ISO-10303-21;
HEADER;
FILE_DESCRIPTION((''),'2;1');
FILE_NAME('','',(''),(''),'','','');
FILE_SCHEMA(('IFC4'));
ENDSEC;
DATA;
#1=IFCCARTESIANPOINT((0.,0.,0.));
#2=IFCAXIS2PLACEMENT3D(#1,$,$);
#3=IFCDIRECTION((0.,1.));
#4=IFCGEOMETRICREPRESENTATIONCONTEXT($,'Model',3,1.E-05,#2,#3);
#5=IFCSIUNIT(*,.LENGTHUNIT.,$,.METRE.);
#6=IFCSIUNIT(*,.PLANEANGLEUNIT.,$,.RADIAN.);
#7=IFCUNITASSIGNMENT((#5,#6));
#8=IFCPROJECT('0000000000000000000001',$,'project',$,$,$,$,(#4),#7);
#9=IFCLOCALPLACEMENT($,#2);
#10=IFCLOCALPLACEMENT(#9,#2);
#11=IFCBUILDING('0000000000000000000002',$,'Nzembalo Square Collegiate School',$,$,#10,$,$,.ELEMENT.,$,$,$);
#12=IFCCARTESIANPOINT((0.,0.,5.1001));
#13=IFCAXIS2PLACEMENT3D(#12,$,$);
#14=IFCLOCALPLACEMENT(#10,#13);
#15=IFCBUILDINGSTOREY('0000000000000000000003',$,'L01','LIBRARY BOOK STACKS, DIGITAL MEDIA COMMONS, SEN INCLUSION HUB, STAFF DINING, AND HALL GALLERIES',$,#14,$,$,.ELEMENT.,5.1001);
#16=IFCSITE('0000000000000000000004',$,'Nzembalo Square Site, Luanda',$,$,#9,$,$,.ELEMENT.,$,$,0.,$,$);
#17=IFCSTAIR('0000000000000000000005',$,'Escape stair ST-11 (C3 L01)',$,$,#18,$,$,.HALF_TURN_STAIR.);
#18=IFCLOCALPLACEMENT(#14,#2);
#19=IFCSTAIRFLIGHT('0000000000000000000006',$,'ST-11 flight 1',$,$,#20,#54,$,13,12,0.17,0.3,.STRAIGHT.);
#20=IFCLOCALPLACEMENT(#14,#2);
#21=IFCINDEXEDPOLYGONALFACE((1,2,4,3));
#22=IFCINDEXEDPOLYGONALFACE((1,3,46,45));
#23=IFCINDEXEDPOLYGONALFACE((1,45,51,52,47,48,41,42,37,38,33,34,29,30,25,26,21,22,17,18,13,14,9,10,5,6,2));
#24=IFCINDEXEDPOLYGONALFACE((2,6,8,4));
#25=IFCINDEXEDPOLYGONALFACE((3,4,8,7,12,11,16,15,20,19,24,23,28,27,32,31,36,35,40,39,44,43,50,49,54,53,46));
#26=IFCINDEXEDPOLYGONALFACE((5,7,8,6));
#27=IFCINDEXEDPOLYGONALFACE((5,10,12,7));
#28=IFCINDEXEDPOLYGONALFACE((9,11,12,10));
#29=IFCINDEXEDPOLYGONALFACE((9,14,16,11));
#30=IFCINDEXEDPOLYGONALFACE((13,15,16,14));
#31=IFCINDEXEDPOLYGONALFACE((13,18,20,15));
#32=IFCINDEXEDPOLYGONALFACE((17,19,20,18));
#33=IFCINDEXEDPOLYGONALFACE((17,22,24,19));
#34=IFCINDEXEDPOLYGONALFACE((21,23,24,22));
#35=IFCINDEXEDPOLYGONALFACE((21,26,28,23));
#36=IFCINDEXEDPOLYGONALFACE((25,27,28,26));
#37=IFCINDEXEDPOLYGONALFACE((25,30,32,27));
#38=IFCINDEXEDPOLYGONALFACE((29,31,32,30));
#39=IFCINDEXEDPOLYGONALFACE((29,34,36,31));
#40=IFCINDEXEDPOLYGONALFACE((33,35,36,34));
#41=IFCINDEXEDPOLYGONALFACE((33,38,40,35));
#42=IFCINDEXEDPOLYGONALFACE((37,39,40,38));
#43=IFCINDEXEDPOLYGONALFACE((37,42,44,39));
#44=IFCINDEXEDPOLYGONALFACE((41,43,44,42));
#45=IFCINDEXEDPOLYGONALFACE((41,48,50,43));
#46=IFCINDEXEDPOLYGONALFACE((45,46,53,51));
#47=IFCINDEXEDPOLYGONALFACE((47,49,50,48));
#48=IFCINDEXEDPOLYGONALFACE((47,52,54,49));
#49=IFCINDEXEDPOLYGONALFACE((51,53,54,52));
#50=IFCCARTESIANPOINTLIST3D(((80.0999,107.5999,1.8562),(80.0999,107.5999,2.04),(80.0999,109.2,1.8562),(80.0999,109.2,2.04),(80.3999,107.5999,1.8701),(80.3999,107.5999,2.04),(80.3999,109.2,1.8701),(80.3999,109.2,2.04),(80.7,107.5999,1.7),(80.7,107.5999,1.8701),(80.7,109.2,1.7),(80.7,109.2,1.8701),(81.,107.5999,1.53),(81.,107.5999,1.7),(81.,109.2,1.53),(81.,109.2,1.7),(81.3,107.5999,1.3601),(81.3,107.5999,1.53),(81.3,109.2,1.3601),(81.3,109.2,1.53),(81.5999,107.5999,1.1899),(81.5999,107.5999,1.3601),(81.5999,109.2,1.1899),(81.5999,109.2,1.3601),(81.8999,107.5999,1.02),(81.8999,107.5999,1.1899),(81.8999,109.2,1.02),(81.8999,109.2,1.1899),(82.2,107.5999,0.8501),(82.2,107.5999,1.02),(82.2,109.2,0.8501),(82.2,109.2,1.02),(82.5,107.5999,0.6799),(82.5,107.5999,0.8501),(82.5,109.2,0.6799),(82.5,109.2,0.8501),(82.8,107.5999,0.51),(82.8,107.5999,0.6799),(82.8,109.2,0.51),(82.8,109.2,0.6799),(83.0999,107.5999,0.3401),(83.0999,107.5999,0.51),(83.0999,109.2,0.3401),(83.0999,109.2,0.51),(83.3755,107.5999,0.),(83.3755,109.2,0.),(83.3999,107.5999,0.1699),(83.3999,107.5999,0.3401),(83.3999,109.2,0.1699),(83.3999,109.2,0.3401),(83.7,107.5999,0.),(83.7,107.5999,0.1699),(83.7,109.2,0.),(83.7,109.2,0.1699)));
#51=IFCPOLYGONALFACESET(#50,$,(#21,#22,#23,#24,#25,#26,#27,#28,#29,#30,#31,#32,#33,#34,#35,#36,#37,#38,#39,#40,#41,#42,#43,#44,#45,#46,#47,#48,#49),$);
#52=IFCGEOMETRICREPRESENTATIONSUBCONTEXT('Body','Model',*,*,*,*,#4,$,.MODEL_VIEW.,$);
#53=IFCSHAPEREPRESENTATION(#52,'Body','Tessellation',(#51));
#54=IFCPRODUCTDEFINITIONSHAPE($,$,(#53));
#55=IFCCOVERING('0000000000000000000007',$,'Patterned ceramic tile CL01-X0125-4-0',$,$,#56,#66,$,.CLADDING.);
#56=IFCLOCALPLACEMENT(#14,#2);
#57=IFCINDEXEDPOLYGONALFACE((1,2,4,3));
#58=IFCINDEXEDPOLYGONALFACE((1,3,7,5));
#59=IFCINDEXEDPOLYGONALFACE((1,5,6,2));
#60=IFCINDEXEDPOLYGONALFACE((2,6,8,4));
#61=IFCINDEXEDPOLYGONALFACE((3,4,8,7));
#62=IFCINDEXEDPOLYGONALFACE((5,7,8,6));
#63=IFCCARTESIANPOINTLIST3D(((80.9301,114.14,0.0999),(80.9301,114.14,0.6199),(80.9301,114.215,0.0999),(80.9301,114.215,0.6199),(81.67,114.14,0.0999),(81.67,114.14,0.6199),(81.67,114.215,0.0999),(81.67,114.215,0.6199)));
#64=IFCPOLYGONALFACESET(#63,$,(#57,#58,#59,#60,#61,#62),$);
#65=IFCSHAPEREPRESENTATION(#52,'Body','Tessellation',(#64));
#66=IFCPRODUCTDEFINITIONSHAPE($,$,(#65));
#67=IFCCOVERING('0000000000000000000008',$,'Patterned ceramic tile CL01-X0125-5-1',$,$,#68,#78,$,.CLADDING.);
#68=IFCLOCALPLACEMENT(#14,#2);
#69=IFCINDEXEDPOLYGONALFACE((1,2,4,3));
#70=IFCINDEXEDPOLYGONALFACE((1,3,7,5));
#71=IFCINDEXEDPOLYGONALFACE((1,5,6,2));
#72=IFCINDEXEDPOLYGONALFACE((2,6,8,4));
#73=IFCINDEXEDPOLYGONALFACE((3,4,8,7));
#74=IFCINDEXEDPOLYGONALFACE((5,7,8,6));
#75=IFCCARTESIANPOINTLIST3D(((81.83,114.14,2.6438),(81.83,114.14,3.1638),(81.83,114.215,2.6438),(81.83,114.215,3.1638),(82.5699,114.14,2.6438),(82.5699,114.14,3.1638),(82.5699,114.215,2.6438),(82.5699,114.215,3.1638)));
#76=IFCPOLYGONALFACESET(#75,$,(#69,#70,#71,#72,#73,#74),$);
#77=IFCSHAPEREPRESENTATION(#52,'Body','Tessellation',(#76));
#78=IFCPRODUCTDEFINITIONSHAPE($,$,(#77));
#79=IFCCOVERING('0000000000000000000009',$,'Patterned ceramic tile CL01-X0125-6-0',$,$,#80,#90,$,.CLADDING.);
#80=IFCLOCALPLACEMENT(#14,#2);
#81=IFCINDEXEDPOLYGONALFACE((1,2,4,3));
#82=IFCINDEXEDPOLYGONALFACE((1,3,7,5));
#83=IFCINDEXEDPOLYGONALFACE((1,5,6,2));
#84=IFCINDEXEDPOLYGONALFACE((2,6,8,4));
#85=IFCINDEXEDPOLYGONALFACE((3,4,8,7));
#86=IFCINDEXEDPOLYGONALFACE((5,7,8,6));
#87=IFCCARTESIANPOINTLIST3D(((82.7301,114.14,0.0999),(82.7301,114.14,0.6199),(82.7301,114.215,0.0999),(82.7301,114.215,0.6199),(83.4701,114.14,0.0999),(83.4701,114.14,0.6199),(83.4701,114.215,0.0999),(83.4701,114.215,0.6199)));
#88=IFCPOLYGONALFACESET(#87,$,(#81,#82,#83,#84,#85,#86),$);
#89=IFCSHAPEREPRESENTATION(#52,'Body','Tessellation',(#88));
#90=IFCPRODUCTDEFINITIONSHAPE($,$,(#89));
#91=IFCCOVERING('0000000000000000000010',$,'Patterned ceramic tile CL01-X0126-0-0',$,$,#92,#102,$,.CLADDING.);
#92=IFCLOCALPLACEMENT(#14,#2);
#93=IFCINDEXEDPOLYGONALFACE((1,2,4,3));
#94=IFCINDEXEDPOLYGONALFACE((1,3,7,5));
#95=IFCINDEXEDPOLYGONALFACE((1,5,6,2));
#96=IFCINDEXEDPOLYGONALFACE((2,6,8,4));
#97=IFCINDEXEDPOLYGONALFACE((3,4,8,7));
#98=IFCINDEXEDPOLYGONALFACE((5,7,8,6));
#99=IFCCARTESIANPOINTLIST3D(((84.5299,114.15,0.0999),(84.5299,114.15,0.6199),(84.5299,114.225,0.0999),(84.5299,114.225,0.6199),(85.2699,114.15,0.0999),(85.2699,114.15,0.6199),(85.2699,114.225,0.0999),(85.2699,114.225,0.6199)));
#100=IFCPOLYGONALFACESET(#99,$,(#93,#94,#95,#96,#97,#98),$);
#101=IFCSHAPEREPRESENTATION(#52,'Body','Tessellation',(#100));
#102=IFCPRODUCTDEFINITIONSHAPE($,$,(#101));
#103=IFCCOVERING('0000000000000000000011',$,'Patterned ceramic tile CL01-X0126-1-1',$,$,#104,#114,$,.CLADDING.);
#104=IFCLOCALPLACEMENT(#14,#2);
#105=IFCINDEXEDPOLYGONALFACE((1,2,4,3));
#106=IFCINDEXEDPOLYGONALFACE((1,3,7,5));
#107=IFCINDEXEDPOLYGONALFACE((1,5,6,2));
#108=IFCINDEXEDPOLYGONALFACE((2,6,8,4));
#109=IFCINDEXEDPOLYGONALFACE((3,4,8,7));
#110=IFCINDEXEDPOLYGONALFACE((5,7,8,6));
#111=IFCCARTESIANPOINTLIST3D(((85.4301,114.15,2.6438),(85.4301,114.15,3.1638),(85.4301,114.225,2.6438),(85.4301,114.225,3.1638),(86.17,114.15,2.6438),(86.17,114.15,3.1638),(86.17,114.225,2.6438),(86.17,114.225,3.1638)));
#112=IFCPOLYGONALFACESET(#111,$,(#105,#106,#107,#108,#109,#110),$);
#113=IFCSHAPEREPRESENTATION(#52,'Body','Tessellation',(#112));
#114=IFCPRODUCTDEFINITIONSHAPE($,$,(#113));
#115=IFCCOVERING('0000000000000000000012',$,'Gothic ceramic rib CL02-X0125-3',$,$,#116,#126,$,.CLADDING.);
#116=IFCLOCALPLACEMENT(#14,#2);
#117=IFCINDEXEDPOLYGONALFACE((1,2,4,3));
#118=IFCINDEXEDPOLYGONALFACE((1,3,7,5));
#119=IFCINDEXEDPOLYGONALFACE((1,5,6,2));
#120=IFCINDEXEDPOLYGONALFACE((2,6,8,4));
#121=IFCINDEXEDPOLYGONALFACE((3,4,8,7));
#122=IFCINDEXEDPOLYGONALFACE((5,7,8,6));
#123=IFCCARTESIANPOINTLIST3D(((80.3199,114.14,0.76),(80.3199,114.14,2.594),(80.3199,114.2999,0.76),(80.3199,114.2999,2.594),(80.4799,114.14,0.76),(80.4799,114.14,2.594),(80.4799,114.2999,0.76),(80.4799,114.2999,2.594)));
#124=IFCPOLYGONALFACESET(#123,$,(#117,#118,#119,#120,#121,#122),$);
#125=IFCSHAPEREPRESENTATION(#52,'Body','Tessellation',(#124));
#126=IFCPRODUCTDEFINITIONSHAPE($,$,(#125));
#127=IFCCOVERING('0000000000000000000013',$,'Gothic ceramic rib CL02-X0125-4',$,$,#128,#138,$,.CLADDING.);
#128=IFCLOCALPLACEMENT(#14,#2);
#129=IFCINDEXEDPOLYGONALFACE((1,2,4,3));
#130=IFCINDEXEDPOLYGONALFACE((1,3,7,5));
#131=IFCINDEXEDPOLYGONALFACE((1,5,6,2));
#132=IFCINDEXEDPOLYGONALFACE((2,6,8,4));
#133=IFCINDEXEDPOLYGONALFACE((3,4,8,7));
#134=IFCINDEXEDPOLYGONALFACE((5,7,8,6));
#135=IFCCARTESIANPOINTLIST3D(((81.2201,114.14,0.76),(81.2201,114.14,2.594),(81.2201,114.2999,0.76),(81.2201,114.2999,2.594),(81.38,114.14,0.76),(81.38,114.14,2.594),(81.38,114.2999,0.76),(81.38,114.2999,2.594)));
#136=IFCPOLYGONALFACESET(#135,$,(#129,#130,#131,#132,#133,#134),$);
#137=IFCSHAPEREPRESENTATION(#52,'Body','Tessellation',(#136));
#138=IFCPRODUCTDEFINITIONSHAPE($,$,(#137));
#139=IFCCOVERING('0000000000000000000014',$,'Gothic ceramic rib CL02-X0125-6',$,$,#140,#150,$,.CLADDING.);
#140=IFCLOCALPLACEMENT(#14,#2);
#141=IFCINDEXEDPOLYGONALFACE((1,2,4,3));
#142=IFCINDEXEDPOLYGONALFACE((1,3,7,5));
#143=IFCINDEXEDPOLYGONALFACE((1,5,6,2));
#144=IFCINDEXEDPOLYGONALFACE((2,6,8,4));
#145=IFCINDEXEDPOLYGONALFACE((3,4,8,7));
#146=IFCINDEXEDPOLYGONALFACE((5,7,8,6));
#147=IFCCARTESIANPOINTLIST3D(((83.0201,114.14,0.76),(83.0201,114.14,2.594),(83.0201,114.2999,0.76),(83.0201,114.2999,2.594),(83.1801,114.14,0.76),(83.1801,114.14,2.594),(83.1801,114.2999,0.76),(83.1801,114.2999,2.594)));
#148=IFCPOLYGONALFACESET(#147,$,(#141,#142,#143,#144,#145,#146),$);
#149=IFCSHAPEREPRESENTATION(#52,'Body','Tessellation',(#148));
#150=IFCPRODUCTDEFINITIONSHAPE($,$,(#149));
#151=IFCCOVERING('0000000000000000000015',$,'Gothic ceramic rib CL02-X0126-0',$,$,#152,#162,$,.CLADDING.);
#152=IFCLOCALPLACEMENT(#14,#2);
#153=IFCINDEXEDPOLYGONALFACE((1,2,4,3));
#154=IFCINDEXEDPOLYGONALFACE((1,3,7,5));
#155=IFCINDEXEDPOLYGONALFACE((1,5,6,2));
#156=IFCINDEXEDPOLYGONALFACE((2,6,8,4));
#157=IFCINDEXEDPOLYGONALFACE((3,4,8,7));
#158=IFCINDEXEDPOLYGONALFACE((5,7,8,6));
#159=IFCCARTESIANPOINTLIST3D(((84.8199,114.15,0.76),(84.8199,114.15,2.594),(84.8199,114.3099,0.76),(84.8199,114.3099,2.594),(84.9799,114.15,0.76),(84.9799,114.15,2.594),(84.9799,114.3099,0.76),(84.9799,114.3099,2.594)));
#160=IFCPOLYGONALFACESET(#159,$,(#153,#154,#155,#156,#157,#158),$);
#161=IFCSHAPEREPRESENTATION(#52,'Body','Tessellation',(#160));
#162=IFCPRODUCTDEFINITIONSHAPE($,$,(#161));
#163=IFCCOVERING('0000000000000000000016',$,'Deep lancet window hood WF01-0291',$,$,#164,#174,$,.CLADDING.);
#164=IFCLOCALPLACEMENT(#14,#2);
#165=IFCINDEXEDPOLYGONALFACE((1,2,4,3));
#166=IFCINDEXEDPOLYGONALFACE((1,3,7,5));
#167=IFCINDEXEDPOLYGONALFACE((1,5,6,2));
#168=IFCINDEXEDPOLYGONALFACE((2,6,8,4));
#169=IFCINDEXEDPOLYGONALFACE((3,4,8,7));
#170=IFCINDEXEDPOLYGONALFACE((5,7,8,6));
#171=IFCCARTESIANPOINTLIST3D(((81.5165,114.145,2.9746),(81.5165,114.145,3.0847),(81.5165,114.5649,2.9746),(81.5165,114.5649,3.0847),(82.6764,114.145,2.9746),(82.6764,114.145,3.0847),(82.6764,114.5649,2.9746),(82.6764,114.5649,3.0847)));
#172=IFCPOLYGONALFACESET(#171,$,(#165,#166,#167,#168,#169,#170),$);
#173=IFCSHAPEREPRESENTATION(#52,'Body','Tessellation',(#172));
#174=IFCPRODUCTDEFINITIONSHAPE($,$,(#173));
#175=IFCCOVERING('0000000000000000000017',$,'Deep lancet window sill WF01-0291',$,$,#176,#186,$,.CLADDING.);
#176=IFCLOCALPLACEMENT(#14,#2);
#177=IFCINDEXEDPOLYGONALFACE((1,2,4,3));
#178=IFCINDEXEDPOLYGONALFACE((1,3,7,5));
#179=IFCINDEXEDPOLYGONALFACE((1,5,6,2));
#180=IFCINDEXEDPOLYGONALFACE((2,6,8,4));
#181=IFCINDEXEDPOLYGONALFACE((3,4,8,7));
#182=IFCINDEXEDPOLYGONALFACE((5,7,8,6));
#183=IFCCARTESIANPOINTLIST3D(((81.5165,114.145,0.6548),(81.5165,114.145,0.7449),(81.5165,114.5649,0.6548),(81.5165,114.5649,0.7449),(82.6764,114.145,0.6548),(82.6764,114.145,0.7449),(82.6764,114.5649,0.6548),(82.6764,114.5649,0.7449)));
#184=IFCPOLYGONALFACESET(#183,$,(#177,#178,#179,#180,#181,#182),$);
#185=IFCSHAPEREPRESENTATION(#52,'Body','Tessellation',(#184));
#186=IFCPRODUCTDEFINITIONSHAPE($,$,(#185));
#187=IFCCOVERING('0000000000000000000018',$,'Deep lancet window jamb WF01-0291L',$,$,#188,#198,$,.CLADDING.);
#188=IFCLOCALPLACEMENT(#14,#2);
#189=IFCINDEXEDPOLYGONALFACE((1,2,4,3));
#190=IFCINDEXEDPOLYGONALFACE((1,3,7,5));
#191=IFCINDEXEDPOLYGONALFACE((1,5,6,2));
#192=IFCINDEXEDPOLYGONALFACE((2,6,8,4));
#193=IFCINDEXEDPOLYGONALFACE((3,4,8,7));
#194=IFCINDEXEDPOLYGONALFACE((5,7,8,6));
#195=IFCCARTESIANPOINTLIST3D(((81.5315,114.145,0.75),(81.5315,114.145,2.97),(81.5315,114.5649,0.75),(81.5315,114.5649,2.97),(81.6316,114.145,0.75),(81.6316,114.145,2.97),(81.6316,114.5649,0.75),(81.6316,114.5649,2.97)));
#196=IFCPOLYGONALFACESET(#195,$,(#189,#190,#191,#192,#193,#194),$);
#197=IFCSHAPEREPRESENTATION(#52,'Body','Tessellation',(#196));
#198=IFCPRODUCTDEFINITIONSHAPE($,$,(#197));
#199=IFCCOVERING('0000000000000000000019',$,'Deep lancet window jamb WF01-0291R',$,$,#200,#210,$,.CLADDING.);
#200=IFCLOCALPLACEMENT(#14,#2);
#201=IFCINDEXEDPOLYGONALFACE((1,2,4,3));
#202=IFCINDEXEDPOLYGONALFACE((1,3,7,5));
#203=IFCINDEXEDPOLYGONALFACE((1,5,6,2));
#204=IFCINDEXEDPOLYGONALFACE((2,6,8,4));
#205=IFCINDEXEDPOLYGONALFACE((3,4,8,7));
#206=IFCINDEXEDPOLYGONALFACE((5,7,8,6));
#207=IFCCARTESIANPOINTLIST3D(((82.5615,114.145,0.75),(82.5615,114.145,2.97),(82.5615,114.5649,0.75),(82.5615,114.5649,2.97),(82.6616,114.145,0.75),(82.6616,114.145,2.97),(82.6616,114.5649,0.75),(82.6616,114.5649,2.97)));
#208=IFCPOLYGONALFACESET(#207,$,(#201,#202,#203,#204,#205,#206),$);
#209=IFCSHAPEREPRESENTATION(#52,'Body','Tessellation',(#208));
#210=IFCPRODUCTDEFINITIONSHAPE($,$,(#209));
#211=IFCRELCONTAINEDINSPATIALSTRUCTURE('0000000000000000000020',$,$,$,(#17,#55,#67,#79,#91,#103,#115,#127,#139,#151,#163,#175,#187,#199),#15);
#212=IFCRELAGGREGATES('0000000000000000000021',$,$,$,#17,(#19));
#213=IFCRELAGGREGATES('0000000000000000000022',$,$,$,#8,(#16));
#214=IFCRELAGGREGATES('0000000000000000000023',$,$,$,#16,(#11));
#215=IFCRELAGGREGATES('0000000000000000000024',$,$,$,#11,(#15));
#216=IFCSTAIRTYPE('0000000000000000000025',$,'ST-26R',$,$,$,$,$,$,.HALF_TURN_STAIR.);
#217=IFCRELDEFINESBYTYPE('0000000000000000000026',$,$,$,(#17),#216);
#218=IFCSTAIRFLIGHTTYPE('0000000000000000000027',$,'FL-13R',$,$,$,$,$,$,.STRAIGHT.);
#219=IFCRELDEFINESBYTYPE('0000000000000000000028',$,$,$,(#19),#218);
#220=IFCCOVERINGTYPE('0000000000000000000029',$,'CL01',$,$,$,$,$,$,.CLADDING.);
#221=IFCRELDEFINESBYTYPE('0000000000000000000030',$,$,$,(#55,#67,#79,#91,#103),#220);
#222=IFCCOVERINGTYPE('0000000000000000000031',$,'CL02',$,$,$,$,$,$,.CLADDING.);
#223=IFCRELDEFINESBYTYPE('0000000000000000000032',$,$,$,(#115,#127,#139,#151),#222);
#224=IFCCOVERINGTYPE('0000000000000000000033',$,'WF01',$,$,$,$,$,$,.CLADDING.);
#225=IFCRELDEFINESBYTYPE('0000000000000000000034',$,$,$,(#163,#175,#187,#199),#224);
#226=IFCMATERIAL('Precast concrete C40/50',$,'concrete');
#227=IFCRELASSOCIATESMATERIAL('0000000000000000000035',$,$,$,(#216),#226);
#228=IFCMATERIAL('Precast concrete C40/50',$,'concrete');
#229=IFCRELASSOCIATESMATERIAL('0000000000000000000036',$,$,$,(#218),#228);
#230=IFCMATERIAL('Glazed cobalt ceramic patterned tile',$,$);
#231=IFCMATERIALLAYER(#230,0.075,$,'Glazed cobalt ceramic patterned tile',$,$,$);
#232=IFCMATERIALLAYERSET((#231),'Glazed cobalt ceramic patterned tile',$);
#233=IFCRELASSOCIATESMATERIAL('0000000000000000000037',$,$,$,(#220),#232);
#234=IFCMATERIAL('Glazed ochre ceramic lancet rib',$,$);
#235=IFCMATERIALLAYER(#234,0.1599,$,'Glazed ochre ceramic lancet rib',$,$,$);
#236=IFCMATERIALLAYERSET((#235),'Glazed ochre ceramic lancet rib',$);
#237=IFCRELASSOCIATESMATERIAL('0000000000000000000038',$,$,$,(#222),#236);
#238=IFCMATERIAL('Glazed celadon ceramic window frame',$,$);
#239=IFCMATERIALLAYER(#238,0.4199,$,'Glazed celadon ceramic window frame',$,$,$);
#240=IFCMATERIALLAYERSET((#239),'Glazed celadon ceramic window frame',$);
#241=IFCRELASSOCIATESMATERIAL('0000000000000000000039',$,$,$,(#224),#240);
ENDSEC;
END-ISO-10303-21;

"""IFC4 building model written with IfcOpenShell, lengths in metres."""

from ifc_helpers import new_model, si_unit, direction, frame, origin, origin_2d, place, context, subcontext, project, spatial, polyline, rectangle, outline, extrude, material, layer, layer_set, type_object, element, aggregate, save


model = new_model("IFC4")

# Units and contexts
model_context = context("Model", 3, precision=1e-05, world=origin(), true_north=direction((0.0, 1.0)))
body_context = subcontext(model_context, "Body", "Model", "MODEL_VIEW")
ifc_project = project(units=[si_unit("LENGTHUNIT", "METRE"), si_unit("PLANEANGLEUNIT", "RADIAN")], contexts=[model_context])

# Site, building, storey
site_placement = place(None, origin())
site = spatial("IfcSite", under=ifc_project, at=site_placement, Name="Nzembalo Square Site, Luanda", CompositionType="ELEMENT", RefElevation=0.0)
building_placement = place(site_placement, origin())
building = spatial("IfcBuilding", under=site, at=building_placement, Name="Nzembalo Square Collegiate School", CompositionType="ELEMENT")
storey_placement = place(building_placement, frame((0.0, 0.0, 5.1001)))
storey = spatial("IfcBuildingStorey", under=building, at=storey_placement, Name="L01", Description="LIBRARY BOOK STACKS, DIGITAL MEDIA COMMONS, SEN INCLUSION HUB, STAFF DINING, AND HALL GALLERIES", CompositionType="ELEMENT", Elevation=5.1001)

# Stair, stair flight
ifc_material_1 = material(Name="Precast concrete C40/50", Category="concrete")
stair_type = type_object("IfcStairType", Name="ST-26R", PredefinedType="HALF_TURN_STAIR", material=ifc_material_1)
stair_placement = place(storey_placement, origin())
stair = element("IfcStair", 1, at=stair_placement, inside=storey, type_object=stair_type, Name="Escape stair ST-11 (C3 L01)", PredefinedType="HALF_TURN_STAIR")
ifc_material_2 = material(Name="Precast concrete C40/50", Category="concrete")
stair_flight_type = type_object("IfcStairFlightType", Name="FL-13R", PredefinedType="STRAIGHT", material=ifc_material_2)
stair_flight_placement = place(storey_placement, frame((83.7, 108.3999, 0.0), z_axis=(0.0, 0.0, 1.0), x_axis=(-1.0, 0.0, 0.0)))
stair_flight = element("IfcStairFlight", 2, at=stair_flight_placement, type_object=stair_flight_type, Name="ST-11 flight 1", NumberOfRisers=13, NumberOfTreads=12, PredefinedType="STRAIGHT", RiserHeight=0.17, TreadLength=0.3, context=body_context, shape_type="SweptSolid", body=[
    extrude(outline(polyline([(0.0, 0.0), (0.0, 0.1699), (0.3, 0.1699), (0.3, 0.3401), (0.6001, 0.3401), (0.6001, 0.51), (0.8999, 0.51), (0.8999, 0.6799), (1.2, 0.6799), (1.2, 0.8501), (1.5, 0.8501), (1.5, 1.02), (1.8, 1.02), (1.8, 1.1899), (2.1001, 1.1899), (2.1001, 1.3601), (2.3999, 1.3601), (2.3999, 1.53), (2.7, 1.53), (2.7, 1.7), (3.0, 1.7), (3.0, 1.8701), (3.3, 1.8701), (3.3, 2.04), (3.6001, 2.04), (3.6001, 2.21), (3.6001, 1.8562), (0.3245, 0.0), (0.0, 0.0)])), frame((0.0, 0.8, 0.0), z_axis=(0.0, -1.0, 0.0), x_axis=(1.0, 0.0, 0.0)), (0.0, 0.0, 1.0), 1.6001),
])
aggregate(stair, [stair_flight])

# Coverings
ifc_material_3 = material(Name="Glazed cobalt ceramic patterned tile")
ifc_layer_1 = layer(ifc_material_3, 0.075, Name="Glazed cobalt ceramic patterned tile")
ifc_layer_set_1 = layer_set([ifc_layer_1], Name="Glazed cobalt ceramic patterned tile")
covering_type_1 = type_object("IfcCoveringType", Name="CL01", PredefinedType="CLADDING", material=ifc_layer_set_1)
for number, where, z_axis, x_axis, name in (
    (3, (81.3, 114.1775, 0.0999), (0.0, 0.0, 1.0), (1.0, 0.0, 0.0), "Patterned ceramic tile CL01-X0125-4-0"),
    (4, (82.2, 114.1775, 2.6438), (0.0, 0.0, 1.0), (1.0, 0.0, 0.0), "Patterned ceramic tile CL01-X0125-5-1"),
    (5, (83.1001, 114.1775, 0.0999), (0.0, 0.0, 1.0), (1.0, 0.0, 0.0), "Patterned ceramic tile CL01-X0125-6-0"),
    (6, (84.8999, 114.1875, 0.0999), (0.0, 0.0, 1.0), (1.0, 0.0, 0.0), "Patterned ceramic tile CL01-X0126-0-0"),
    (7, (85.8, 114.1875, 2.6438), (0.0, 0.0, 1.0), (1.0, 0.0, 0.0), "Patterned ceramic tile CL01-X0126-1-1"),
):
    element("IfcCovering", number, at=place(storey_placement, frame(where, z_axis=z_axis, x_axis=x_axis)), inside=storey, type_object=covering_type_1, Name=name, PredefinedType="CLADDING", context=body_context, shape_type="SweptSolid", body=[
        extrude(rectangle(XDim=0.74, YDim=0.075, at=origin_2d()), origin(), (0.0, 0.0, 1.0), 0.52),
    ])
ifc_material_4 = material(Name="Glazed ochre ceramic lancet rib")
ifc_layer_2 = layer(ifc_material_4, 0.1599, Name="Glazed ochre ceramic lancet rib")
ifc_layer_set_2 = layer_set([ifc_layer_2], Name="Glazed ochre ceramic lancet rib")
covering_type_2 = type_object("IfcCoveringType", Name="CL02", PredefinedType="CLADDING", material=ifc_layer_set_2)
for number, where, z_axis, x_axis, name in (
    (8, (80.3999, 114.22, 0.76), (0.0, 0.0, 1.0), (1.0, 0.0, 0.0), "Gothic ceramic rib CL02-X0125-3"),
    (9, (81.3, 114.22, 0.76), (0.0, 0.0, 1.0), (1.0, 0.0, 0.0), "Gothic ceramic rib CL02-X0125-4"),
    (10, (83.1001, 114.22, 0.76), (0.0, 0.0, 1.0), (1.0, 0.0, 0.0), "Gothic ceramic rib CL02-X0125-6"),
    (11, (84.8999, 114.23, 0.76), (0.0, 0.0, 1.0), (1.0, 0.0, 0.0), "Gothic ceramic rib CL02-X0126-0"),
):
    element("IfcCovering", number, at=place(storey_placement, frame(where, z_axis=z_axis, x_axis=x_axis)), inside=storey, type_object=covering_type_2, Name=name, PredefinedType="CLADDING", context=body_context, shape_type="SweptSolid", body=[
        extrude(rectangle(XDim=0.1599, YDim=0.1599, at=origin_2d()), origin(), (0.0, 0.0, 1.0), 1.834),
    ])
ifc_material_5 = material(Name="Glazed celadon ceramic window frame")
ifc_layer_3 = layer(ifc_material_5, 0.4199, Name="Glazed celadon ceramic window frame")
ifc_layer_set_3 = layer_set([ifc_layer_3], Name="Glazed celadon ceramic window frame")
covering_type_3 = type_object("IfcCoveringType", Name="WF01", PredefinedType="CLADDING", material=ifc_layer_set_3)
covering_1_placement = place(storey_placement, frame((82.0964, 114.355, 2.9746), z_axis=(0.0, 0.0, 1.0), x_axis=(1.0, 0.0, 0.0)))
element("IfcCovering", 12, at=covering_1_placement, inside=storey, type_object=covering_type_3, Name="Deep lancet window hood WF01-0291", PredefinedType="CLADDING", context=body_context, shape_type="SweptSolid", body=[
    extrude(rectangle(XDim=1.1599, YDim=0.4199, at=origin_2d()), origin(), (0.0, 0.0, 1.0), 0.1101),
])
covering_2_placement = place(storey_placement, frame((82.0964, 114.355, 0.6548), z_axis=(0.0, 0.0, 1.0), x_axis=(1.0, 0.0, 0.0)))
element("IfcCovering", 13, at=covering_2_placement, inside=storey, type_object=covering_type_3, Name="Deep lancet window sill WF01-0291", PredefinedType="CLADDING", context=body_context, shape_type="SweptSolid", body=[
    extrude(rectangle(XDim=1.1599, YDim=0.4199, at=origin_2d()), origin(), (0.0, 0.0, 1.0), 0.0901),
])
for number, where, z_axis, x_axis, name in (
    (14, (81.5815, 114.355, 0.75), (0.0, 0.0, 1.0), (1.0, 0.0, 0.0), "Deep lancet window jamb WF01-0291L"),
    (15, (82.6116, 114.355, 0.75), (0.0, 0.0, 1.0), (1.0, 0.0, 0.0), "Deep lancet window jamb WF01-0291R"),
):
    element("IfcCovering", number, at=place(storey_placement, frame(where, z_axis=z_axis, x_axis=x_axis)), inside=storey, type_object=covering_type_3, Name=name, PredefinedType="CLADDING", context=body_context, shape_type="SweptSolid", body=[
        extrude(rectangle(XDim=0.1001, YDim=0.4199, at=origin_2d()), origin(), (0.0, 0.0, 1.0), 2.22),
    ])

save(model, "model.ifc")
